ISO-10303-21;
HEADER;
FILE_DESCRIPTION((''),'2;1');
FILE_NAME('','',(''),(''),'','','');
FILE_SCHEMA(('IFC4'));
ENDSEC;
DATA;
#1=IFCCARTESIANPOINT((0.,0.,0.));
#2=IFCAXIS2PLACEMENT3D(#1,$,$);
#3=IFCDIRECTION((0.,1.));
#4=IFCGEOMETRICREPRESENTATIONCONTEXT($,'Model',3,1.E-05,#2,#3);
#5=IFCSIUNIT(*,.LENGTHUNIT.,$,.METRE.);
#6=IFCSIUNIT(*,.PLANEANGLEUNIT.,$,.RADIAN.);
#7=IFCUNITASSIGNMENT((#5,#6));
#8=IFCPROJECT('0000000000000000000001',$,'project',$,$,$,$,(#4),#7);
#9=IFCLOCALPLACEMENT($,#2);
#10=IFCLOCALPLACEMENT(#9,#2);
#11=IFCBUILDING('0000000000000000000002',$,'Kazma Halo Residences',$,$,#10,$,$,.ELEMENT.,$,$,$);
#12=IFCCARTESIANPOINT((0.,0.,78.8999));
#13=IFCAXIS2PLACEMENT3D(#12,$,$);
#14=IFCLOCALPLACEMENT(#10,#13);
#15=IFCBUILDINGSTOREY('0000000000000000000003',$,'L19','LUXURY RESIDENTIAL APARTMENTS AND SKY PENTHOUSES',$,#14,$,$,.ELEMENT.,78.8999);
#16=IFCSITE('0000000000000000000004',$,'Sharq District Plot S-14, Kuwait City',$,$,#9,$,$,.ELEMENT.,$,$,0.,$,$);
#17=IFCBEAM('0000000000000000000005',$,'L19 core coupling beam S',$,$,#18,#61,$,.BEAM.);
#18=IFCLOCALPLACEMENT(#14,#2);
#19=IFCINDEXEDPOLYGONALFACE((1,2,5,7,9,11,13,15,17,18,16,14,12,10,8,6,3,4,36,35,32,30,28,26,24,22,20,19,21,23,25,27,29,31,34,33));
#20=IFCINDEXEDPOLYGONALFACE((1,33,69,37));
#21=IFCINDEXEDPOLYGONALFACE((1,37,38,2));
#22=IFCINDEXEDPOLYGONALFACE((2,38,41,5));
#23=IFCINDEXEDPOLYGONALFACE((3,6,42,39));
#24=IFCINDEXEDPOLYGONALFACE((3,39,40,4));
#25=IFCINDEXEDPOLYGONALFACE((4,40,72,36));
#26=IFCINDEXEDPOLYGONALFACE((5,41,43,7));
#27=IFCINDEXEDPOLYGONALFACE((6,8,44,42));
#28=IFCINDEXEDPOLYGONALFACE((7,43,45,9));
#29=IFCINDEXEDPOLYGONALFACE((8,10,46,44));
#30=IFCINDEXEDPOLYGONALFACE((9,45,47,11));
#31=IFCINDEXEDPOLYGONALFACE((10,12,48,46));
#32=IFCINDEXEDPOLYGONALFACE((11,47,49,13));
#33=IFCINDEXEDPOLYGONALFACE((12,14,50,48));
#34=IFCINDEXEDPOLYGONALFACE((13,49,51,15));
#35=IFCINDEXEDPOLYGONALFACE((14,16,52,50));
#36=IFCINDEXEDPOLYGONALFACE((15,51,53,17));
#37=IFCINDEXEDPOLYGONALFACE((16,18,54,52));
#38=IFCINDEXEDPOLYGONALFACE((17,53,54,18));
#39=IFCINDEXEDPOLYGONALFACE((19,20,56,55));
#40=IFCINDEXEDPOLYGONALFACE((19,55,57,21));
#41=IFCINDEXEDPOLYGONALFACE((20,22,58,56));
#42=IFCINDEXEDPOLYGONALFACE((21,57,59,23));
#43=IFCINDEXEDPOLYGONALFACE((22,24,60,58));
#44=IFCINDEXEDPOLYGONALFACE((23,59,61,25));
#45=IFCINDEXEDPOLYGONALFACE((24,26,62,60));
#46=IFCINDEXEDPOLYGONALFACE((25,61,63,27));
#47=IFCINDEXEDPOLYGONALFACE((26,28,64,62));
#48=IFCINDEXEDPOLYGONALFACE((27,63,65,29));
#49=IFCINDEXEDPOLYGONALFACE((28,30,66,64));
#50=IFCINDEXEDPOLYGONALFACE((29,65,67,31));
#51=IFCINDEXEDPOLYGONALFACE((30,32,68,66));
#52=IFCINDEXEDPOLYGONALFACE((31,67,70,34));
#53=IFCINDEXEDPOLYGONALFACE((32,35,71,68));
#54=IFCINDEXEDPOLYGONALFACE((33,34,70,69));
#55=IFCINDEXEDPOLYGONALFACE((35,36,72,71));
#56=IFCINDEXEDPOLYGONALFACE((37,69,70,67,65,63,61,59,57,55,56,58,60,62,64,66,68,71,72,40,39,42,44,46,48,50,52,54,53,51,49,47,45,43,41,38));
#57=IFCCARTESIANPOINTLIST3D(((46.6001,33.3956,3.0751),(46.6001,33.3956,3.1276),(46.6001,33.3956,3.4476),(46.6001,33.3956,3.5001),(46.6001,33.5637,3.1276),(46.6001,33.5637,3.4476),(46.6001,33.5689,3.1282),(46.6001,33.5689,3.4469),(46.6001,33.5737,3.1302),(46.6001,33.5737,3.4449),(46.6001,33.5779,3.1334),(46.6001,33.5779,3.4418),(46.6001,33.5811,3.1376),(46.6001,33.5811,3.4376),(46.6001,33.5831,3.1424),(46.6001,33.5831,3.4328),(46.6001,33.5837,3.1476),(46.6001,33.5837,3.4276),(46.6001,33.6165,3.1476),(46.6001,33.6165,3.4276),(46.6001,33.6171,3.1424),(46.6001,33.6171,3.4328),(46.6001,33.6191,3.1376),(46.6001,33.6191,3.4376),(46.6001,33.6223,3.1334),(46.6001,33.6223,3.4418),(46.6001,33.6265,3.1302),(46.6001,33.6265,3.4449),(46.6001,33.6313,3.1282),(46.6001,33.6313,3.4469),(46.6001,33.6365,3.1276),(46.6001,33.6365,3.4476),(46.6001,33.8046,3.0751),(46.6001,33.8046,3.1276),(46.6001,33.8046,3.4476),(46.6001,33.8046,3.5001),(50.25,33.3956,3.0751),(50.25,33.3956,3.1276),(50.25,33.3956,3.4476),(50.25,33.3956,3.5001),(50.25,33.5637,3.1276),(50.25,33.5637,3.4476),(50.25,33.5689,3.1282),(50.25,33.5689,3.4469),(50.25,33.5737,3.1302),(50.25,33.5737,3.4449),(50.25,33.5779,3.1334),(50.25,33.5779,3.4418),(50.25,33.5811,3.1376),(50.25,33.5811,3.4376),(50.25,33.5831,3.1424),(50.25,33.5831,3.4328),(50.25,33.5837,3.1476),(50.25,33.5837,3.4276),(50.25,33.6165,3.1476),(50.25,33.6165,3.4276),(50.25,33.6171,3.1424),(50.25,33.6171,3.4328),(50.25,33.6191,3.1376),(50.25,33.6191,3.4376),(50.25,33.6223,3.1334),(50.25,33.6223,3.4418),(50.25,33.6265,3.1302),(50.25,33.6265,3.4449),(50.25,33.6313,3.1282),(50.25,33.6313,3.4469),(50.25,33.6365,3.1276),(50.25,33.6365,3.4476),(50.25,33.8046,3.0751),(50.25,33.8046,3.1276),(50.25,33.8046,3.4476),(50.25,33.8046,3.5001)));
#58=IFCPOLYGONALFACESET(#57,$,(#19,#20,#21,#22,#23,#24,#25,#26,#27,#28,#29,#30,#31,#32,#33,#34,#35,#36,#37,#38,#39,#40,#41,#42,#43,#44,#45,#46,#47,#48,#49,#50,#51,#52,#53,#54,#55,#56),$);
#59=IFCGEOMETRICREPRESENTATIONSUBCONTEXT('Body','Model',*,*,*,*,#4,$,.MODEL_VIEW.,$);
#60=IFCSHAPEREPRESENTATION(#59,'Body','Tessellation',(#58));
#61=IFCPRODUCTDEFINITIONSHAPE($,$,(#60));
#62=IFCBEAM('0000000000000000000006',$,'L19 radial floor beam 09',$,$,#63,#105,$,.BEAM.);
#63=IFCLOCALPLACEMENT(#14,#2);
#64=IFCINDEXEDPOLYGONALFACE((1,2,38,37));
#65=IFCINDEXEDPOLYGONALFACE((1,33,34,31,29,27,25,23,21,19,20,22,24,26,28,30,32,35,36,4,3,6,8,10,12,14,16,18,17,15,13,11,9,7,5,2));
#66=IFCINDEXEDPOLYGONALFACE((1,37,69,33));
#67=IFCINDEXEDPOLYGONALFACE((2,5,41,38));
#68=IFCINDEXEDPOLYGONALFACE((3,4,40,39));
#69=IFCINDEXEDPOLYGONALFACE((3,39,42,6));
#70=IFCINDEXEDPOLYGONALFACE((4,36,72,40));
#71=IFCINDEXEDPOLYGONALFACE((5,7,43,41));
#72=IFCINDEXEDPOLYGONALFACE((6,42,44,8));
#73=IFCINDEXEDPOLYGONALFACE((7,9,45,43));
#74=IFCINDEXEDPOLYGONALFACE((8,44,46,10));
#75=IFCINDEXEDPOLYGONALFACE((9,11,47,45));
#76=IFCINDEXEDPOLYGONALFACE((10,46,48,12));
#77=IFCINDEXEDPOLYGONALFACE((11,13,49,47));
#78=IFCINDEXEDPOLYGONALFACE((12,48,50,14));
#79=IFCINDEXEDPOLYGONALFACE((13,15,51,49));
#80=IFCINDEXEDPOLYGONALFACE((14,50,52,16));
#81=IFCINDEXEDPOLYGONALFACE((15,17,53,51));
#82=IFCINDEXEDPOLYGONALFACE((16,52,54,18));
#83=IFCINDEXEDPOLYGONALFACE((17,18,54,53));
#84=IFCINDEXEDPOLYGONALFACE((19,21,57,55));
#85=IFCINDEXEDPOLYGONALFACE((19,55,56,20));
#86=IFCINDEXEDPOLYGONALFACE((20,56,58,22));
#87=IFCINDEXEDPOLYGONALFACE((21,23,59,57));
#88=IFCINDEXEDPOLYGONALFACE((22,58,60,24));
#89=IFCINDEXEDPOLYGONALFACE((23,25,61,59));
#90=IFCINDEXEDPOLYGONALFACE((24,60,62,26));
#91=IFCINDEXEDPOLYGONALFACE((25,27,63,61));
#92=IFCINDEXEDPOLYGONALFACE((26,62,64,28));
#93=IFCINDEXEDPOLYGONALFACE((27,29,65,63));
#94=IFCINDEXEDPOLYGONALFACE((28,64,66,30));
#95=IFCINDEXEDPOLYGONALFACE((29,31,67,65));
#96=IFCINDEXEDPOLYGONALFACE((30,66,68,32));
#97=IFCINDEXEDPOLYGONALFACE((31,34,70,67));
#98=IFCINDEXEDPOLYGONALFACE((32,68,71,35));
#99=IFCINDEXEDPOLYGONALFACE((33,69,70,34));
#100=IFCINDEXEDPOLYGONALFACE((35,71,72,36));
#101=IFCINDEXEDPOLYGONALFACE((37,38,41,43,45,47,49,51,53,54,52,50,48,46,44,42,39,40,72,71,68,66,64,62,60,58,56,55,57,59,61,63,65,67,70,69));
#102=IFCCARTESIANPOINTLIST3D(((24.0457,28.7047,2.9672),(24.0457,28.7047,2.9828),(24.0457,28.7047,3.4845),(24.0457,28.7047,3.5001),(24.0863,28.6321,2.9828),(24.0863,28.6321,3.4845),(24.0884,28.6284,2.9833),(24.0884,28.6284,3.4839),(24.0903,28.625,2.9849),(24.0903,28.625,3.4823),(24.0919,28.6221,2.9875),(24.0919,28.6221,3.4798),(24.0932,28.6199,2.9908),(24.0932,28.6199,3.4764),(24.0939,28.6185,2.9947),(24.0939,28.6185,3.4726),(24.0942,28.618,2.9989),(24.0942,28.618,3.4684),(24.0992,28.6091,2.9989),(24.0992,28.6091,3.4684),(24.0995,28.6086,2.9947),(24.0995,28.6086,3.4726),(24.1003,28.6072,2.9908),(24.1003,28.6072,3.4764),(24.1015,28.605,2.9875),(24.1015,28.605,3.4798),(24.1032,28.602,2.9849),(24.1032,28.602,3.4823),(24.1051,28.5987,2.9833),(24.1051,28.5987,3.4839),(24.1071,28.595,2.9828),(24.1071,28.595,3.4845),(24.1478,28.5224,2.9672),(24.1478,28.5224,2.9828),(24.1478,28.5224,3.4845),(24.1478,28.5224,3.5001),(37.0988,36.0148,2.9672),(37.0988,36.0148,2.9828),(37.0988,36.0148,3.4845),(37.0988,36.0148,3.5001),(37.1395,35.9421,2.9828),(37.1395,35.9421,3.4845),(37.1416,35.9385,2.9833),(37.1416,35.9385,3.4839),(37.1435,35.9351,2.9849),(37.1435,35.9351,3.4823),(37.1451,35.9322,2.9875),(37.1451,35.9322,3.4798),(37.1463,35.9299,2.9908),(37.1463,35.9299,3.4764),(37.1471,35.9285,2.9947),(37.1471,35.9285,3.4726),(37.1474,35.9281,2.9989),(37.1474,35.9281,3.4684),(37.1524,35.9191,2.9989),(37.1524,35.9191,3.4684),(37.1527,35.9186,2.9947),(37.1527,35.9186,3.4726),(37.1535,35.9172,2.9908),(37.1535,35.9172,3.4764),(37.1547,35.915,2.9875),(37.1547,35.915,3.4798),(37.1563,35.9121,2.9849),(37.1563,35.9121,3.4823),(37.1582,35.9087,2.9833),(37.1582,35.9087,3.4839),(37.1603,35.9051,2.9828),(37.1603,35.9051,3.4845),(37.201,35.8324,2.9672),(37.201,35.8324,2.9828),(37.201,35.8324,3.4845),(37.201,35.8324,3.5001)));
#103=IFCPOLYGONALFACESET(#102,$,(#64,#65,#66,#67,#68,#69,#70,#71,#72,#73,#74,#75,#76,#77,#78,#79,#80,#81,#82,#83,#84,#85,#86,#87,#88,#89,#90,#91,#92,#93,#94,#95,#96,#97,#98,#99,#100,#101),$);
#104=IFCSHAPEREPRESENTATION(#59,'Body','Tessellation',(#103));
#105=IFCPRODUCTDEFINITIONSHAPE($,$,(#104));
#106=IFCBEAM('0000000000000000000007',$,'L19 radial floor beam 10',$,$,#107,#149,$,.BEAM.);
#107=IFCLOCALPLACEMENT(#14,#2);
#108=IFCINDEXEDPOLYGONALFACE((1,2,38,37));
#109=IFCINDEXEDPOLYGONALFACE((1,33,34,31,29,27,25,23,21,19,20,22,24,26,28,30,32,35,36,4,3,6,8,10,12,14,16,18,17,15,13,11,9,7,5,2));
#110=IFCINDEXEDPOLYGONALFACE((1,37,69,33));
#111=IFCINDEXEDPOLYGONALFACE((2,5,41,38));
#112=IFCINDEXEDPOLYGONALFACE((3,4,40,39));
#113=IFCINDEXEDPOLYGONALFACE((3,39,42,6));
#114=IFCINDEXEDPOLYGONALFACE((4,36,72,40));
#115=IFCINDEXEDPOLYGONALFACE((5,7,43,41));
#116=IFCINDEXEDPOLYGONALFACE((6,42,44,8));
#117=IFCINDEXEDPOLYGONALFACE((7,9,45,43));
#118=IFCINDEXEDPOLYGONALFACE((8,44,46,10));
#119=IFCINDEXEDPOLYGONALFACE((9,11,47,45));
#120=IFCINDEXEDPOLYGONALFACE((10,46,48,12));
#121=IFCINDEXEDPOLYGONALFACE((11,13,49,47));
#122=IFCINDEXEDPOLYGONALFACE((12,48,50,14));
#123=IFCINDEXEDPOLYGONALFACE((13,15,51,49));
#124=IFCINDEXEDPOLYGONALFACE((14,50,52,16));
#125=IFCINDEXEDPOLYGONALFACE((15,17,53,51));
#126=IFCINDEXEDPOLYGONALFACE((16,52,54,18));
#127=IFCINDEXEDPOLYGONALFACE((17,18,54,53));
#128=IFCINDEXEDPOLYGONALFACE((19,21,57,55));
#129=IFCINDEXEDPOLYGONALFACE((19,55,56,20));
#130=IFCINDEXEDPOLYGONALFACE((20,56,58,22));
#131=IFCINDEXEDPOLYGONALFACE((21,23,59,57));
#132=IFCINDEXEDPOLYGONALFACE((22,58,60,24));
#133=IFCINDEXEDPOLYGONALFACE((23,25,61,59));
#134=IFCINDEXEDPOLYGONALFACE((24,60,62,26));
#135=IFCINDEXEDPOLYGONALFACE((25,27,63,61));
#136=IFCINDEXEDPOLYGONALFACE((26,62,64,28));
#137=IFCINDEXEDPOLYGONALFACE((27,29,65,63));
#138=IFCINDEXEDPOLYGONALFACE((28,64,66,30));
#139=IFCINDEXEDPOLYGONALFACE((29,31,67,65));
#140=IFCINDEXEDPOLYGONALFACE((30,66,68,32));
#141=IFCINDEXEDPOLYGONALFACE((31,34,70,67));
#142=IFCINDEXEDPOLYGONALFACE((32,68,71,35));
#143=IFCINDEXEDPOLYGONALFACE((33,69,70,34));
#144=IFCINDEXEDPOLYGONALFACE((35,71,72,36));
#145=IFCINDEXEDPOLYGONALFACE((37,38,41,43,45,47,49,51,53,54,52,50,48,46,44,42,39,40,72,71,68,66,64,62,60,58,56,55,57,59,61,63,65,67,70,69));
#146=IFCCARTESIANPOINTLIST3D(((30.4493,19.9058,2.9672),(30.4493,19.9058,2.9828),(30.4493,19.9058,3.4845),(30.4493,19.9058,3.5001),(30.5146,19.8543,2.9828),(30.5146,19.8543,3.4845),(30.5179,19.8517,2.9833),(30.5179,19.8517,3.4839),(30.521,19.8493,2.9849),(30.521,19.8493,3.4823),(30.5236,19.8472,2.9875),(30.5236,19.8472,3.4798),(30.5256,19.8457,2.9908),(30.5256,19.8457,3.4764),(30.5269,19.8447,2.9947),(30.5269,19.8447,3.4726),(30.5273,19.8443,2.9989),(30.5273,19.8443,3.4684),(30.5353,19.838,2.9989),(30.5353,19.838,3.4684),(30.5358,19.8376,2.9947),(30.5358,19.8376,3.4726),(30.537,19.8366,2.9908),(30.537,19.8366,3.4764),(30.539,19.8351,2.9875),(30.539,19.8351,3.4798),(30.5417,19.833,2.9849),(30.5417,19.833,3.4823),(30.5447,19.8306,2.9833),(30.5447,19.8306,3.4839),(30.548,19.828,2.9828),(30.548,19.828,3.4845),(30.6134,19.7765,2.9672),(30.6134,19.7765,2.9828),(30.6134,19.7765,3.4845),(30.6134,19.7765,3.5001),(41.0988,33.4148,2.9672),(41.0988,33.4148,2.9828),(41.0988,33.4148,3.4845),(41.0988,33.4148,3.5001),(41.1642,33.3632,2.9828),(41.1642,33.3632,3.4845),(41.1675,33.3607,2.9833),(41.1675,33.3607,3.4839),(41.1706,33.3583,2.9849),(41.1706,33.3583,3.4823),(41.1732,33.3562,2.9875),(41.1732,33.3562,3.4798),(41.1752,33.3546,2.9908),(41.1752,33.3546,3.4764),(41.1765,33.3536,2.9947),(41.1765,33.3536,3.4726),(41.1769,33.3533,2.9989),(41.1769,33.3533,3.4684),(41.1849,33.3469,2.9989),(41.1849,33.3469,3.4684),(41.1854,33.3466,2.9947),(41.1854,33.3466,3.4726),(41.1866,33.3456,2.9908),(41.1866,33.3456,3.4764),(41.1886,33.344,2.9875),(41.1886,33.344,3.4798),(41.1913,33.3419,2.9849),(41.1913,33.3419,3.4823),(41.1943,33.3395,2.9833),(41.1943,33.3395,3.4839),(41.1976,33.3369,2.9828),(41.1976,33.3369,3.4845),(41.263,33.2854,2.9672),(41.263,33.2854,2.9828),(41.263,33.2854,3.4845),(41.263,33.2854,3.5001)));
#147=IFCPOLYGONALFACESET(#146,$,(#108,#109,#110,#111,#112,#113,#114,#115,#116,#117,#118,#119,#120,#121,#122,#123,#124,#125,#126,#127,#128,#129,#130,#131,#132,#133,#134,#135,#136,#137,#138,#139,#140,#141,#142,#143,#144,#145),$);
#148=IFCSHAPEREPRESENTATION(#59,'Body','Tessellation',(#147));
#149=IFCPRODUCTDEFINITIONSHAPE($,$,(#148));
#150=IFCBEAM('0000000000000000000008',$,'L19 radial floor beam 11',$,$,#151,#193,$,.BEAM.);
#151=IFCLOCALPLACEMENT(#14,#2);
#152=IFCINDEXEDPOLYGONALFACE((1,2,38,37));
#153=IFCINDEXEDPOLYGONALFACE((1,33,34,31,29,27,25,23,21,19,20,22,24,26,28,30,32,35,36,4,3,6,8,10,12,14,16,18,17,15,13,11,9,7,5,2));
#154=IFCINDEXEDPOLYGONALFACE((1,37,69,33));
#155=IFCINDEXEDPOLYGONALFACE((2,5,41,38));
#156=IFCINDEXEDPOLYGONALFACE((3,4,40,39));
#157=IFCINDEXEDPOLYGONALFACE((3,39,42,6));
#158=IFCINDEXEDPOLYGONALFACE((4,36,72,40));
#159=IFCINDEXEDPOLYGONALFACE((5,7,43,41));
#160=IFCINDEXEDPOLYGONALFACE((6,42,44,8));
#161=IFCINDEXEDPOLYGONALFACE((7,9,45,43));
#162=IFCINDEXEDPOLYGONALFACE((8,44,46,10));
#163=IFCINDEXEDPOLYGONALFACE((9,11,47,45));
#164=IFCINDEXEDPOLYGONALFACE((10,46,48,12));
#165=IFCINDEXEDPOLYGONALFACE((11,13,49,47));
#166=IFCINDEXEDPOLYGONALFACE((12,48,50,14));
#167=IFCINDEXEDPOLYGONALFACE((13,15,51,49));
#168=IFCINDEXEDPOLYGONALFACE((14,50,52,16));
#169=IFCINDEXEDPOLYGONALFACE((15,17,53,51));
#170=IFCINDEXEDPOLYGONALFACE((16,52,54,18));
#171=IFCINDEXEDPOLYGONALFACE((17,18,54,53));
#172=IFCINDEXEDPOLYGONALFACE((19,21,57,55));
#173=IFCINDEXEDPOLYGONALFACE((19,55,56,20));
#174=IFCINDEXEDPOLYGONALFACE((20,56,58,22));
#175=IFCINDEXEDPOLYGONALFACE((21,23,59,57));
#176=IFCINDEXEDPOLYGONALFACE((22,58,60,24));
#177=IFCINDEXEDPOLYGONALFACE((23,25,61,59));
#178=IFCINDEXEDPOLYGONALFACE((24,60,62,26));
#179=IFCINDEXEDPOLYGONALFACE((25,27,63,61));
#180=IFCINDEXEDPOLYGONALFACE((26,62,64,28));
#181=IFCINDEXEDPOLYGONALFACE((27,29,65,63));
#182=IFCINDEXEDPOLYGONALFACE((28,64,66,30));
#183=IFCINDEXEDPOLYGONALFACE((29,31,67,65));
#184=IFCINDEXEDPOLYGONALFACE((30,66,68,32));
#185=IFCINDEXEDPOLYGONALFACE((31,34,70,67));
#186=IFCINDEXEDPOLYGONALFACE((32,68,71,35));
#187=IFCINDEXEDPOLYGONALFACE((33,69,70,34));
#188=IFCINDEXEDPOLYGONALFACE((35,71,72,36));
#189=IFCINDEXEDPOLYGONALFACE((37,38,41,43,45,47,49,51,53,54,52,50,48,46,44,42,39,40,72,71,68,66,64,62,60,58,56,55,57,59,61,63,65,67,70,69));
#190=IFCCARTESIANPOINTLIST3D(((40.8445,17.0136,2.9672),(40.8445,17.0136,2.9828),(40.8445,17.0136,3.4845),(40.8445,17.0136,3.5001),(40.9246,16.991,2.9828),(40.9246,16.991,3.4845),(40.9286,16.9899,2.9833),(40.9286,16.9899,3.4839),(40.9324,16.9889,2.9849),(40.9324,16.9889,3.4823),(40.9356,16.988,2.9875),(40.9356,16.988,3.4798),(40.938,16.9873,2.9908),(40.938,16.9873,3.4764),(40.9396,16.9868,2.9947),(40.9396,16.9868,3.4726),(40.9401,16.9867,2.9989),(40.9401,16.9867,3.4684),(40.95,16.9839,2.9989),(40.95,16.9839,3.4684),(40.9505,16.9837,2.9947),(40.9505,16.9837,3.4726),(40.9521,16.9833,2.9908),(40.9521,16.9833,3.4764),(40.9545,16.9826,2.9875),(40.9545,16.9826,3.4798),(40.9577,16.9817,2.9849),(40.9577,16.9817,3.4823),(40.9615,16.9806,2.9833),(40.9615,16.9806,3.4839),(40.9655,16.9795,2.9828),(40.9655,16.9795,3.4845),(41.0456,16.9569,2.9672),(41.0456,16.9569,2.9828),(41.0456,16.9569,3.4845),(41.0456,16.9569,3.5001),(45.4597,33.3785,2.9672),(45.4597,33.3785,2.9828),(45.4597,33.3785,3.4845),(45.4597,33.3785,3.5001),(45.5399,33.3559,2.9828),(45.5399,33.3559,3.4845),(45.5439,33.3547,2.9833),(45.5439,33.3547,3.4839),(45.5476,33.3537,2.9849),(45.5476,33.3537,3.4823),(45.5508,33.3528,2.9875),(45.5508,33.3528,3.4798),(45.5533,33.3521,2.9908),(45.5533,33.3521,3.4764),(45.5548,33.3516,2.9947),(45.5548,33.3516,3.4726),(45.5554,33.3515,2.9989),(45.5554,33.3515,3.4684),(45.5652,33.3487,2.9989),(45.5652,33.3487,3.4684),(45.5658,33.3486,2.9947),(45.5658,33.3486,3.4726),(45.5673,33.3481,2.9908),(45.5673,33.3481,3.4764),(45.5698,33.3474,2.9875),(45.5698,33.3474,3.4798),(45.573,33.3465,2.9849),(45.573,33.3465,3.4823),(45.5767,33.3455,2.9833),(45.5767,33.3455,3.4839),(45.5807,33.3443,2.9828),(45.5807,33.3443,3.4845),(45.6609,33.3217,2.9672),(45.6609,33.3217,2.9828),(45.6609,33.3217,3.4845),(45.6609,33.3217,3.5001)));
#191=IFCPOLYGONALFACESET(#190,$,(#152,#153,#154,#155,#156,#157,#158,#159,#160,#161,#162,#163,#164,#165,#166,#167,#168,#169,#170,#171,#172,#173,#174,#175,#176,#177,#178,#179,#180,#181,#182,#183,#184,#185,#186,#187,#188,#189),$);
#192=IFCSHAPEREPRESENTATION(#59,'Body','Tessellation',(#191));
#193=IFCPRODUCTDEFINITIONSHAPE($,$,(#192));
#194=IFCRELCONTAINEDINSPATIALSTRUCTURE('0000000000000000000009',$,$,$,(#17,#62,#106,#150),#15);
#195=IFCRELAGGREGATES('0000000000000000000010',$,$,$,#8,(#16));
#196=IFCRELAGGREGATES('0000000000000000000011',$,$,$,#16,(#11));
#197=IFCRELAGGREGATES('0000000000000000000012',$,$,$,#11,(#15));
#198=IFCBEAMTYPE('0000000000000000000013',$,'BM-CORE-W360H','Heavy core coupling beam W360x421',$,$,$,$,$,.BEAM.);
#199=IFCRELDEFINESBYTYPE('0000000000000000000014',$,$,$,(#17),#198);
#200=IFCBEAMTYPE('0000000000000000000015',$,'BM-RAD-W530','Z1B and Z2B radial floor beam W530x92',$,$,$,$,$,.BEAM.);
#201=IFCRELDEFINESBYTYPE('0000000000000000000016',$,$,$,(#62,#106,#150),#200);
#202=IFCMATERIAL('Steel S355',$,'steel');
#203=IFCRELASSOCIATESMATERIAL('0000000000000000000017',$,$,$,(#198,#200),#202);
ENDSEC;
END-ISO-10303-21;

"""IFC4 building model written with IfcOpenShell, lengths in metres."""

from ifc_helpers import new_model, si_unit, direction, frame, origin, origin_2d, place, context, subcontext, project, spatial, i_section, extrude, material, material_profile, profile_set, type_object, element, save


model = new_model("IFC4")

# Units and contexts
model_context = context("Model", 3, precision=1e-05, world=origin(), true_north=direction((0.0, 1.0)))
body_context = subcontext(model_context, "Body", "Model", "MODEL_VIEW")
ifc_project = project(units=[si_unit("LENGTHUNIT", "METRE"), si_unit("PLANEANGLEUNIT", "RADIAN")], contexts=[model_context])

# Site, building, storey
site_placement = place(None, origin())
site = spatial("IfcSite", under=ifc_project, at=site_placement, Name="Sharq District Plot S-14, Kuwait City", CompositionType="ELEMENT", RefElevation=0.0)
building_placement = place(site_placement, origin())
building = spatial("IfcBuilding", under=site, at=building_placement, Name="Kazma Halo Residences", CompositionType="ELEMENT")
storey_placement = place(building_placement, frame((0.0, 0.0, 78.8999)))
storey = spatial("IfcBuildingStorey", under=building, at=storey_placement, Name="L19", Description="LUXURY RESIDENTIAL APARTMENTS AND SKY PENTHOUSES", CompositionType="ELEMENT", Elevation=78.8999)

# Beams
ifc_material_1 = material(Name="Steel S355", Category="steel")
ifc_material_profile_1 = material_profile(ifc_material_1, i_section(OverallWidth=0.4089, OverallDepth=0.425, WebThickness=0.0327, FlangeThickness=0.0525, FilletRadius=0.02, at=origin_2d()), Name="W360x421")
ifc_profile_set_1 = profile_set([ifc_material_profile_1], Name="Steel S355")
beam_type_1 = type_object("IfcBeamType", Name="BM-CORE-W360H", Description="Heavy core coupling beam W360x421", PredefinedType="BEAM", material=ifc_profile_set_1)
beam_1_placement = place(storey_placement, frame((46.6001, 33.6001, 3.2876), z_axis=(1.0, 0.0, 0.0), x_axis=(0.0, 1.0, 0.0)))
element("IfcBeam", 1, at=beam_1_placement, inside=storey, type_object=beam_type_1, Name="L19 core coupling beam S", PredefinedType="BEAM", context=body_context, shape_type="SweptSolid", body=[
    extrude(i_section(OverallWidth=0.4089, OverallDepth=0.425, WebThickness=0.0327, FlangeThickness=0.0525, FilletRadius=0.02, at=origin_2d()), origin(), (0.0, 0.0, 1.0), 3.6499),
])
ifc_material_profile_2 = material_profile(ifc_material_1, i_section(OverallWidth=0.209, OverallDepth=0.533, WebThickness=0.0103, FlangeThickness=0.0156, FilletRadius=0.0161, at=origin_2d()), Name="W530x92")
ifc_profile_set_2 = profile_set([ifc_material_profile_2], Name="Steel S355")
beam_type_2 = type_object("IfcBeamType", Name="BM-RAD-W530", Description="Z1B and Z2B radial floor beam W530x92", PredefinedType="BEAM", material=ifc_profile_set_2)
beam_2_placement = place(storey_placement, frame((37.1499, 35.9236, 3.2336), z_axis=(-0.872499, -0.488616, 0.0), x_axis=(0.488616, -0.872499, 0.0)))
element("IfcBeam", 2, at=beam_2_placement, inside=storey, type_object=beam_type_2, Name="L19 radial floor beam 09", PredefinedType="BEAM", context=body_context, shape_type="SweptSolid", body=[
    extrude(i_section(OverallWidth=0.209, OverallDepth=0.533, WebThickness=0.0103, FlangeThickness=0.0156, FilletRadius=0.0161, at=origin_2d()), origin(), (0.0, 0.0, 1.0), 14.9607),
])
beam_3_placement = place(storey_placement, frame((41.1809, 33.3501, 3.2336), z_axis=(-0.619094, -0.785317, 0.0), x_axis=(0.785317, -0.619094, 0.0)))
element("IfcBeam", 3, at=beam_3_placement, inside=storey, type_object=beam_type_2, Name="L19 radial floor beam 10", PredefinedType="BEAM", context=body_context, shape_type="SweptSolid", body=[
    extrude(i_section(OverallWidth=0.209, OverallDepth=0.533, WebThickness=0.0103, FlangeThickness=0.0156, FilletRadius=0.0161, at=origin_2d()), origin(), (0.0, 0.0, 1.0), 17.2019),
])
beam_4_placement = place(storey_placement, frame((45.5603, 33.3501, 3.2336), z_axis=(-0.271435, -0.962457, 0.0), x_axis=(0.962457, -0.271435, 0.0)))
element("IfcBeam", 4, at=beam_4_placement, inside=storey, type_object=beam_type_2, Name="L19 radial floor beam 11", PredefinedType="BEAM", context=body_context, shape_type="SweptSolid", body=[
    extrude(i_section(OverallWidth=0.209, OverallDepth=0.533, WebThickness=0.0103, FlangeThickness=0.0156, FilletRadius=0.0161, at=origin_2d()), origin(), (0.0, 0.0, 1.0), 17.0032),
])

save(model, "model.ifc")
